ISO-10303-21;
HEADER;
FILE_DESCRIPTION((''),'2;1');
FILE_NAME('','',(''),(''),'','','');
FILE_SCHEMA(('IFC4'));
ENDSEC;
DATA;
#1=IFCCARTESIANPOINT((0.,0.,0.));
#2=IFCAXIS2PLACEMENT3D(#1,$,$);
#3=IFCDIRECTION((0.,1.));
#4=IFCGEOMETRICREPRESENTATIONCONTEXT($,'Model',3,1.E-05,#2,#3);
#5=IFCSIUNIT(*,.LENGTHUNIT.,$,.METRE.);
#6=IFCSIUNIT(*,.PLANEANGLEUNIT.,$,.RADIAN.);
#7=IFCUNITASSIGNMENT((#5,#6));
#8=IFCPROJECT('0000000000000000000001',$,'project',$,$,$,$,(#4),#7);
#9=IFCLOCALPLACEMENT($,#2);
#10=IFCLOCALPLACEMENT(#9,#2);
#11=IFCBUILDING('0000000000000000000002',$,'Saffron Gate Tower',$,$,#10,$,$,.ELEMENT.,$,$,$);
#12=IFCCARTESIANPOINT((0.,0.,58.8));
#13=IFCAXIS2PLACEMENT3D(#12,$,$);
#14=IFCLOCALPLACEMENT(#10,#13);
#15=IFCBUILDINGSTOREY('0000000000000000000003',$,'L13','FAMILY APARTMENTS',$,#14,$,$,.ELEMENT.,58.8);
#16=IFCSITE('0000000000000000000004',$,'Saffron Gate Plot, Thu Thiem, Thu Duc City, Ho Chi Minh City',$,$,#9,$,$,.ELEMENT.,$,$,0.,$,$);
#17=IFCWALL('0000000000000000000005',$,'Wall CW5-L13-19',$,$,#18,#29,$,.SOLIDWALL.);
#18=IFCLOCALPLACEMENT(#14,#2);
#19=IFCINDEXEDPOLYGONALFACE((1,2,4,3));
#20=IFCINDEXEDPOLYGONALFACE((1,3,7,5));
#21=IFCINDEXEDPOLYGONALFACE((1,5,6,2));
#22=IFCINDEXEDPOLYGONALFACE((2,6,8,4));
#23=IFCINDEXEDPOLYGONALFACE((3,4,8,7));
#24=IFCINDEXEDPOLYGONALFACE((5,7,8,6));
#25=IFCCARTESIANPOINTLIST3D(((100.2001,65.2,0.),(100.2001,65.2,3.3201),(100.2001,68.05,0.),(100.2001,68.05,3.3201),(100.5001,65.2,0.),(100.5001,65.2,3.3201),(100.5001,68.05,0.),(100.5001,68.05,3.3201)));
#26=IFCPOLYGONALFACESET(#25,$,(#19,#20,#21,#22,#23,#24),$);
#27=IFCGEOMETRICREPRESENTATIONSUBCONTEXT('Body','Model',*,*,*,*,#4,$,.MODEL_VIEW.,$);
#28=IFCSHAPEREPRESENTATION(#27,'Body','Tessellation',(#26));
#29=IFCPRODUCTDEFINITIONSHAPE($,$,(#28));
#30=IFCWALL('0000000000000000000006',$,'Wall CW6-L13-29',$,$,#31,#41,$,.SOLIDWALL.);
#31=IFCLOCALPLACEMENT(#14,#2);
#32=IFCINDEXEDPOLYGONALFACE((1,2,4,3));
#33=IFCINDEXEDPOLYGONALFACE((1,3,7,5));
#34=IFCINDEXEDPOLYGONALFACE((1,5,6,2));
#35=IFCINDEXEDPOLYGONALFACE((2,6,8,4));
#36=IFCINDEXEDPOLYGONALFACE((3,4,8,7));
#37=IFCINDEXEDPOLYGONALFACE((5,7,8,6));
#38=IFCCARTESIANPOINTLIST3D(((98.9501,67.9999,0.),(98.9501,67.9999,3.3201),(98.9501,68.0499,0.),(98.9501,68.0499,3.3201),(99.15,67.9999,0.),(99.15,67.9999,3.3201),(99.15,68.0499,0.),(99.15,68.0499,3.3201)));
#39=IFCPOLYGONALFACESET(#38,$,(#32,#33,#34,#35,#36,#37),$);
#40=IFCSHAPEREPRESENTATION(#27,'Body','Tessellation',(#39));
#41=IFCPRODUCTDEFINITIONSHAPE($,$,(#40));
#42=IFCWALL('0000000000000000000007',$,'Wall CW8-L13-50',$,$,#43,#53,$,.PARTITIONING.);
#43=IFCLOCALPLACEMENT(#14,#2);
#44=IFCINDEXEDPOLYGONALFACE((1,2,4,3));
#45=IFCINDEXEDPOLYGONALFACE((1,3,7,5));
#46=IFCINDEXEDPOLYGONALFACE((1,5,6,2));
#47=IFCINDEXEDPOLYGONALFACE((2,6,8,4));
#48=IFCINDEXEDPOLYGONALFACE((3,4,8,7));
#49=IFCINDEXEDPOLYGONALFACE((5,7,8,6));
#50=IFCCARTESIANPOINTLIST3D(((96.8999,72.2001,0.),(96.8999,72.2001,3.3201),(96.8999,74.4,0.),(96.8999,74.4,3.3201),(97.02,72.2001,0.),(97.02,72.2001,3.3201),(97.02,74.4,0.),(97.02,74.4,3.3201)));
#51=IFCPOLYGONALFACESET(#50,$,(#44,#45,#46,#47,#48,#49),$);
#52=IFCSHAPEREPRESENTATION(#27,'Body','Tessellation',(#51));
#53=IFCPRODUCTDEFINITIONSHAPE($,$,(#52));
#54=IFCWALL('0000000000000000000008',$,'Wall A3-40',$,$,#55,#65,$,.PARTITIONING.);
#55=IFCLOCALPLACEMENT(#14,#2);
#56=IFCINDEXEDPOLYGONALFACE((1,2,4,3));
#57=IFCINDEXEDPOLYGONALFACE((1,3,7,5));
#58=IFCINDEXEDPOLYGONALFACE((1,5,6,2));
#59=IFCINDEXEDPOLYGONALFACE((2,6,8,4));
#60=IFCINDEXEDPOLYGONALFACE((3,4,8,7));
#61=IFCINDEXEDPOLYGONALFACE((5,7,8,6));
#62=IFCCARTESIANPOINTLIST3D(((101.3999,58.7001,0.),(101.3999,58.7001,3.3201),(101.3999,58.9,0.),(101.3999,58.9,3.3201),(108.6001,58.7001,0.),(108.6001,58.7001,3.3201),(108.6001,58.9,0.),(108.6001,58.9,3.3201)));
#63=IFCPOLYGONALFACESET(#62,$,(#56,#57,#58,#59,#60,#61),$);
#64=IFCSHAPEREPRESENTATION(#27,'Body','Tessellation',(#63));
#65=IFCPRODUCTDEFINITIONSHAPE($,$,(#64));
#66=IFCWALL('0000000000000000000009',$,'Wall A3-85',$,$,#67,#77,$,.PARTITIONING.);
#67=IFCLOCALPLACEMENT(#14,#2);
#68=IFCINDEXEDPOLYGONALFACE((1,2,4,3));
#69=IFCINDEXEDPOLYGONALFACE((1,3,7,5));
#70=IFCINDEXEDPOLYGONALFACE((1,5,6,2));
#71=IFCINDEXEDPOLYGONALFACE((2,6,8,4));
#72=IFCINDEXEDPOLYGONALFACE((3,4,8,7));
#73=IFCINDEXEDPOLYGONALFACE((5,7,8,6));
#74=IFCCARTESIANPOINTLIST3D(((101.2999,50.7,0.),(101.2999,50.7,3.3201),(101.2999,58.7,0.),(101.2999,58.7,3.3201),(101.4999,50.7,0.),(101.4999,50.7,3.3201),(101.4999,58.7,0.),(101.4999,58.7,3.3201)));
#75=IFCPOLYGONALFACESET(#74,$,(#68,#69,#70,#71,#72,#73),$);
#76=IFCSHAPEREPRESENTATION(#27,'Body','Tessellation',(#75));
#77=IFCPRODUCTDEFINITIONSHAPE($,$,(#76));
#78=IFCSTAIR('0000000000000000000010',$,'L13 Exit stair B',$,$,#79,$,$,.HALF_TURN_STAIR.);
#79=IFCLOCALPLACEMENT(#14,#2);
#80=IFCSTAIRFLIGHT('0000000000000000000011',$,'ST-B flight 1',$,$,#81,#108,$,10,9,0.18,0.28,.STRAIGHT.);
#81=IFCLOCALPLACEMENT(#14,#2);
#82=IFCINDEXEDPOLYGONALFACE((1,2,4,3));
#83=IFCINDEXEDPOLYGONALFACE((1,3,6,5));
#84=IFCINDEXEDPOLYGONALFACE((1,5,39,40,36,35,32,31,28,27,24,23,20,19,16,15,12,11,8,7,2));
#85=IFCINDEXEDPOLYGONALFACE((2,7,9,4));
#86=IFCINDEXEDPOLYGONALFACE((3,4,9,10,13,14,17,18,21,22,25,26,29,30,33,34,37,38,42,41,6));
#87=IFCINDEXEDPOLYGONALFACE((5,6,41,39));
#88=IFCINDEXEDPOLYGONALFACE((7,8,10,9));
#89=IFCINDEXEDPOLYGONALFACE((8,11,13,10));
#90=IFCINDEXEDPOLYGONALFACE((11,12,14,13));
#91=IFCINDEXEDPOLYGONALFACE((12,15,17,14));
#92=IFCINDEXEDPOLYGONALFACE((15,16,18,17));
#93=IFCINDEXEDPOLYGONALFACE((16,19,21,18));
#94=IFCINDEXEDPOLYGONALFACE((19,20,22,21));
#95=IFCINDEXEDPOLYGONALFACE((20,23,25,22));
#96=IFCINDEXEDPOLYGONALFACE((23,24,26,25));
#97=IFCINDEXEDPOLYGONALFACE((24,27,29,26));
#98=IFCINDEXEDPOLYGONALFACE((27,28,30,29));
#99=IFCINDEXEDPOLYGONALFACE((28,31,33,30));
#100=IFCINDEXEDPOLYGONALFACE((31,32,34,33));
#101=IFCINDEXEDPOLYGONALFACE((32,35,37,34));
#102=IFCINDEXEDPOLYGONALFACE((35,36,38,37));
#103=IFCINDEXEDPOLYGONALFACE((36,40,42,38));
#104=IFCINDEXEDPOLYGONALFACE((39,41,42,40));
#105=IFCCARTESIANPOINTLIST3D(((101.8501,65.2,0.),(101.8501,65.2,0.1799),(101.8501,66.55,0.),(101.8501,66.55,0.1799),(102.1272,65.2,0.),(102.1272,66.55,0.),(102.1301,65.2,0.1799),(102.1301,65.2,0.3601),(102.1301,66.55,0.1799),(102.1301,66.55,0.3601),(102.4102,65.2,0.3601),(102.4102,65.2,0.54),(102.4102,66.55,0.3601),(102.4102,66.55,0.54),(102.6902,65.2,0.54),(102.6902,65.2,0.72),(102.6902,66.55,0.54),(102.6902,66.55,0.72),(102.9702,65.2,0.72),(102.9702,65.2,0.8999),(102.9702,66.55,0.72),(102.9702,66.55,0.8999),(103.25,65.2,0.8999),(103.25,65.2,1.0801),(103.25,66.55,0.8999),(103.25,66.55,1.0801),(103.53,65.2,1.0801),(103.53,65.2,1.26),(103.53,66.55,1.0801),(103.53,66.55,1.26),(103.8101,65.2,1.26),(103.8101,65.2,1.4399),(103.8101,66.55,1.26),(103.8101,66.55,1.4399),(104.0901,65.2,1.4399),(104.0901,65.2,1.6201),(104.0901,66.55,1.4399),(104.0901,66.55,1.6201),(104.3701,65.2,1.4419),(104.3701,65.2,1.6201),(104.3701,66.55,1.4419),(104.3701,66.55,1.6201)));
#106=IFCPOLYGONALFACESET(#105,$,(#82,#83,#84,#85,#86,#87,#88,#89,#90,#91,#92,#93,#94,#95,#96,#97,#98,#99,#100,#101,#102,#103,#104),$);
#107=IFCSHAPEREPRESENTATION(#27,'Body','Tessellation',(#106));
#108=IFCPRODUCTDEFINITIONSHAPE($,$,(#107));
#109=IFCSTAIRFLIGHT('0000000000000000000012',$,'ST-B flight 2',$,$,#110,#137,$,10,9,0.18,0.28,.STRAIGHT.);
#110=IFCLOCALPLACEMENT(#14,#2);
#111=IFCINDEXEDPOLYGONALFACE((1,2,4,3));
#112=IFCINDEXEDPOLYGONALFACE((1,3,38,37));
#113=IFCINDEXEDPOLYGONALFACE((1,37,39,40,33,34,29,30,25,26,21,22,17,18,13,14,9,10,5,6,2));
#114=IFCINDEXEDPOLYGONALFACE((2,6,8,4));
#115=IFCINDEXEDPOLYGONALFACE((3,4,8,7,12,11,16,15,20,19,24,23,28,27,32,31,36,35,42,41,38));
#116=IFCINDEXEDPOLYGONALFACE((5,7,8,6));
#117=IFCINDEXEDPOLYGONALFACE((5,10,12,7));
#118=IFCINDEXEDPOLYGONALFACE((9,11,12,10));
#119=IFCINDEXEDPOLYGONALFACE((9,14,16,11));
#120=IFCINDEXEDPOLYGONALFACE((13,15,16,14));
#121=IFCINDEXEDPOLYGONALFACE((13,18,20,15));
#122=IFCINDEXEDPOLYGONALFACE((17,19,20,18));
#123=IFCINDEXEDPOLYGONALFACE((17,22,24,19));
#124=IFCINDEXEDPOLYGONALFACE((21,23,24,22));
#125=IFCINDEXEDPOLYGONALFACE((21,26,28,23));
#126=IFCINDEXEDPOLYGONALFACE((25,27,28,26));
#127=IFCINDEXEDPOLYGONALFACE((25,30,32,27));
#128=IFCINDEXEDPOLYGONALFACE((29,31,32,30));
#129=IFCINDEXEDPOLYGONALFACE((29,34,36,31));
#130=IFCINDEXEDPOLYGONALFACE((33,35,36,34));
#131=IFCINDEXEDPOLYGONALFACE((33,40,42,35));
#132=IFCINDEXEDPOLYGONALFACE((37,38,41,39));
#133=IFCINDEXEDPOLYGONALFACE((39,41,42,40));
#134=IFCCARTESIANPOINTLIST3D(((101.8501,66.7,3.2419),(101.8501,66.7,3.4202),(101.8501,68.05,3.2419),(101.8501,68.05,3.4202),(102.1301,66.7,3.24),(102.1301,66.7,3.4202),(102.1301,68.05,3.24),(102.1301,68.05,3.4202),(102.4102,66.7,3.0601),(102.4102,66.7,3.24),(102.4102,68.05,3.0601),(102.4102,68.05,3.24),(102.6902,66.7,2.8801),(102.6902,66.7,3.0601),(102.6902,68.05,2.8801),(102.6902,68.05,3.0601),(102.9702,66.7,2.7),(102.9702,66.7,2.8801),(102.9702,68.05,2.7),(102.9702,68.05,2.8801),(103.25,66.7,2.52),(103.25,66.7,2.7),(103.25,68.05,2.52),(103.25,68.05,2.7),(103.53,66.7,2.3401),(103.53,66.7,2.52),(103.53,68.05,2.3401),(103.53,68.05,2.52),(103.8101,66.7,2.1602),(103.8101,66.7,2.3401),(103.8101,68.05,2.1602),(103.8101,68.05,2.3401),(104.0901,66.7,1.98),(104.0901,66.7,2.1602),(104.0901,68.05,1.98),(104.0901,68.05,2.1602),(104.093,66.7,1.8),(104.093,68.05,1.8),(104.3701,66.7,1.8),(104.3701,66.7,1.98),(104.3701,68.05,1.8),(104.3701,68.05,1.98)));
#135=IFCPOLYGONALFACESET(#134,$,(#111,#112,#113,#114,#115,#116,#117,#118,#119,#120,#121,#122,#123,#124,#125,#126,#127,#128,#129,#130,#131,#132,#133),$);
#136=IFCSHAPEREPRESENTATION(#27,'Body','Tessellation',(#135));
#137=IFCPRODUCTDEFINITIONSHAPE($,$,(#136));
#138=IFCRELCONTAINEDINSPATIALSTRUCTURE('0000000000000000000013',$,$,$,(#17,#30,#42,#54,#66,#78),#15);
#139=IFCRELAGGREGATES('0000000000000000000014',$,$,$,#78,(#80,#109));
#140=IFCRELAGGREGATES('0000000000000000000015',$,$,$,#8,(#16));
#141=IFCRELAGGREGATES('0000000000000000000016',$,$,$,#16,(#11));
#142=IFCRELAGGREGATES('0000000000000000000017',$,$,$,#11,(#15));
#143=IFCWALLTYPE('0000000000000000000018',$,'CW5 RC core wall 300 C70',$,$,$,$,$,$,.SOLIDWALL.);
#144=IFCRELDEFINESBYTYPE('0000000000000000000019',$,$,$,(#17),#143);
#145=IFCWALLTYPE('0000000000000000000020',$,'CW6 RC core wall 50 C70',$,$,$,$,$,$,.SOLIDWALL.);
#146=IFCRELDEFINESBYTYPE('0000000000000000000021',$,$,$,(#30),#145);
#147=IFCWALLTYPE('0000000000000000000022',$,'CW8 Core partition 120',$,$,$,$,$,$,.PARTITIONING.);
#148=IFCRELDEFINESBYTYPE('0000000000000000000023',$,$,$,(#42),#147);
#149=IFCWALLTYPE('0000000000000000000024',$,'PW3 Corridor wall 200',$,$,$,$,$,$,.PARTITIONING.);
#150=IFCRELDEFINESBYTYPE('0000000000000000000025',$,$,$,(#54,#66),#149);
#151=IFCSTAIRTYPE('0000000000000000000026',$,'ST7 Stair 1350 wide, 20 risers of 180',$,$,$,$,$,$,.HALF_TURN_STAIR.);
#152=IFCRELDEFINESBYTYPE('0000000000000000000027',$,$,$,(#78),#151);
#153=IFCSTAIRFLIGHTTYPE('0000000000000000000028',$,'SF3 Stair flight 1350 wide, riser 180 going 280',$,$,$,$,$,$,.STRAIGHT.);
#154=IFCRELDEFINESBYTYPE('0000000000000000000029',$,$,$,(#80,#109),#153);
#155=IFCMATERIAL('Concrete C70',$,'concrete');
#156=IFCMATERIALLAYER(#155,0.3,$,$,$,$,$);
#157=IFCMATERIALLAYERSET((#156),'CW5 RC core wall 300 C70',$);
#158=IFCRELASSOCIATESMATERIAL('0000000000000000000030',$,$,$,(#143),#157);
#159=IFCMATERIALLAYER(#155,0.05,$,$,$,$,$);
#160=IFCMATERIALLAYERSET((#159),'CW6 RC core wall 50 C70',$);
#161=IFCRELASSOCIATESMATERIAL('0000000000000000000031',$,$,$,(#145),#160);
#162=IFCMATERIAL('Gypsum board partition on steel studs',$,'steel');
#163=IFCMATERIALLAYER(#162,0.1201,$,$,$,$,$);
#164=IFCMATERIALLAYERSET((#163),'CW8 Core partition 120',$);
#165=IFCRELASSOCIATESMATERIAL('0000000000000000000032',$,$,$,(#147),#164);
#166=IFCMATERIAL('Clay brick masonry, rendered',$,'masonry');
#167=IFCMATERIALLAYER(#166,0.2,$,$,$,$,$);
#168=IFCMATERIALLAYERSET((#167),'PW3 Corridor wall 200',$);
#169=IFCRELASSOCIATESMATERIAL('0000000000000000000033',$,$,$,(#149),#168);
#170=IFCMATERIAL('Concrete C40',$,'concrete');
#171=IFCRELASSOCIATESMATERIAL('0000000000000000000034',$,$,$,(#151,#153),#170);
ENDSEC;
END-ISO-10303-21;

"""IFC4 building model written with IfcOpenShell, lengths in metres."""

from ifc_helpers import new_model, si_unit, direction, frame, frame_2d, origin, place, context, subcontext, project, spatial, polyline, rectangle, outline, extrude, material, layer, layer_set, type_object, element, aggregate, save


model = new_model("IFC4")

# Units and contexts
model_context = context("Model", 3, precision=1e-05, world=origin(), true_north=direction((0.0, 1.0)))
body_context = subcontext(model_context, "Body", "Model", "MODEL_VIEW")
ifc_project = project(units=[si_unit("LENGTHUNIT", "METRE"), si_unit("PLANEANGLEUNIT", "RADIAN")], contexts=[model_context])

# Site, building, storey
site_placement = place(None, origin())
site = spatial("IfcSite", under=ifc_project, at=site_placement, Name="Saffron Gate Plot, Thu Thiem, Thu Duc City, Ho Chi Minh City", CompositionType="ELEMENT", RefElevation=0.0)
building_placement = place(site_placement, origin())
building = spatial("IfcBuilding", under=site, at=building_placement, Name="Saffron Gate Tower", CompositionType="ELEMENT")
storey_placement = place(building_placement, frame((0.0, 0.0, 58.8)))
storey = spatial("IfcBuildingStorey", under=building, at=storey_placement, Name="L13", Description="FAMILY APARTMENTS", CompositionType="ELEMENT", Elevation=58.8)

# Shared definitions
ifc_material_1 = material(Name="Concrete C70", Category="concrete")

# Walls
ifc_layer_1 = layer(ifc_material_1, 0.3)
ifc_layer_set_1 = layer_set([ifc_layer_1], Name="CW5 RC core wall 300 C70")
wall_type_1 = type_object("IfcWallType", Name="CW5 RC core wall 300 C70", PredefinedType="SOLIDWALL", material=ifc_layer_set_1)
wall_1_placement = place(storey_placement, frame((100.3501, 65.2, 0.0), z_axis=(0.0, 0.0, 1.0), x_axis=(0.0, 1.0, 0.0)))
element("IfcWall", 1, at=wall_1_placement, inside=storey, type_object=wall_type_1, Name="Wall CW5-L13-19", PredefinedType="SOLIDWALL", context=body_context, shape_type="SweptSolid", body=[
    extrude(rectangle(XDim=2.8501, YDim=0.3, at=frame_2d((1.425, 0.0))), origin(), (0.0, 0.0, 1.0), 3.3201),
])
ifc_layer_2 = layer(ifc_material_1, 0.05)
ifc_layer_set_2 = layer_set([ifc_layer_2], Name="CW6 RC core wall 50 C70")
wall_type_2 = type_object("IfcWallType", Name="CW6 RC core wall 50 C70", PredefinedType="SOLIDWALL", material=ifc_layer_set_2)
wall_2_placement = place(storey_placement, frame((98.95, 68.0249, 0.0), z_axis=(0.0, 0.0, 1.0), x_axis=(1.0, 0.0, 0.0)))
element("IfcWall", 2, at=wall_2_placement, inside=storey, type_object=wall_type_2, Name="Wall CW6-L13-29", PredefinedType="SOLIDWALL", context=body_context, shape_type="SweptSolid", body=[
    extrude(rectangle(XDim=0.2, YDim=0.05, at=frame_2d((0.1001, 0.0))), origin(), (0.0, 0.0, 1.0), 3.3201),
])
ifc_material_2 = material(Name="Gypsum board partition on steel studs", Category="steel")
ifc_layer_3 = layer(ifc_material_2, 0.1201)
ifc_layer_set_3 = layer_set([ifc_layer_3], Name="CW8 Core partition 120")
wall_type_3 = type_object("IfcWallType", Name="CW8 Core partition 120", PredefinedType="PARTITIONING", material=ifc_layer_set_3)
wall_3_placement = place(storey_placement, frame((96.96, 72.2, 0.0), z_axis=(0.0, 0.0, 1.0), x_axis=(0.0, 1.0, 0.0)))
element("IfcWall", 3, at=wall_3_placement, inside=storey, type_object=wall_type_3, Name="Wall CW8-L13-50", PredefinedType="PARTITIONING", context=body_context, shape_type="SweptSolid", body=[
    extrude(rectangle(XDim=2.2, YDim=0.1201, at=frame_2d((1.1001, 0.0))), origin(), (0.0, 0.0, 1.0), 3.3201),
])
ifc_material_3 = material(Name="Clay brick masonry, rendered", Category="masonry")
ifc_layer_4 = layer(ifc_material_3, 0.2)
ifc_layer_set_4 = layer_set([ifc_layer_4], Name="PW3 Corridor wall 200")
wall_type_4 = type_object("IfcWallType", Name="PW3 Corridor wall 200", PredefinedType="PARTITIONING", material=ifc_layer_set_4)
wall_4_placement = place(storey_placement, frame((101.3999, 58.8, 0.0), z_axis=(0.0, 0.0, 1.0), x_axis=(1.0, 0.0, 0.0)))
element("IfcWall", 4, at=wall_4_placement, inside=storey, type_object=wall_type_4, Name="Wall A3-40", PredefinedType="PARTITIONING", context=body_context, shape_type="SweptSolid", body=[
    extrude(rectangle(XDim=7.2002, YDim=0.2, at=frame_2d((3.6001, 0.0))), origin(), (0.0, 0.0, 1.0), 3.3201),
])
wall_5_placement = place(storey_placement, frame((101.3999, 58.7, 0.0), z_axis=(0.0, 0.0, 1.0), x_axis=(0.0, -1.0, 0.0)))
element("IfcWall", 5, at=wall_5_placement, inside=storey, type_object=wall_type_4, Name="Wall A3-85", PredefinedType="PARTITIONING", context=body_context, shape_type="SweptSolid", body=[
    extrude(rectangle(XDim=8.0, YDim=0.2, at=frame_2d((4.0, 0.0))), origin(), (0.0, 0.0, 1.0), 3.3201),
])

# Stair, stair flights
ifc_material_4 = material(Name="Concrete C40", Category="concrete")
stair_type = type_object("IfcStairType", Name="ST7 Stair 1350 wide, 20 risers of 180", PredefinedType="HALF_TURN_STAIR", material=ifc_material_4)
stair_placement = place(storey_placement, origin())
stair = element("IfcStair", 6, at=stair_placement, inside=storey, type_object=stair_type, Name="L13 Exit stair B", PredefinedType="HALF_TURN_STAIR")
stair_flight_type = type_object("IfcStairFlightType", Name="SF3 Stair flight 1350 wide, riser 180 going 280", PredefinedType="STRAIGHT", material=ifc_material_4)
stair_flight_1_placement = place(storey_placement, frame((101.8501, 65.875, 0.0), z_axis=(0.0, 0.0, 1.0), x_axis=(1.0, 0.0, 0.0)))
stair_flight_1 = element("IfcStairFlight", 7, at=stair_flight_1_placement, type_object=stair_flight_type, Name="ST-B flight 1", NumberOfRisers=10, NumberOfTreads=9, PredefinedType="STRAIGHT", RiserHeight=0.18, TreadLength=0.28, context=body_context, shape_type="SweptSolid", body=[
    extrude(outline(polyline([(0.0, 0.0), (0.0, 0.1799), (0.28, 0.1799), (0.28, 0.3601), (0.5601, 0.3601), (0.5601, 0.54), (0.8401, 0.54), (0.8401, 0.72), (1.1201, 0.72), (1.1201, 0.8999), (1.3999, 0.8999), (1.3999, 1.0801), (1.6799, 1.0801), (1.6799, 1.26), (1.96, 1.26), (1.96, 1.4399), (2.24, 1.4399), (2.24, 1.6201), (2.52, 1.6201), (2.52, 1.8), (2.52, 1.4419), (0.2771, 0.0), (0.0, 0.0)])), frame((0.0, 0.675, 0.0), z_axis=(0.0, -1.0, 0.0), x_axis=(1.0, 0.0, 0.0)), (0.0, 0.0, 1.0), 1.3501),
])
stair_flight_2_placement = place(storey_placement, frame((104.3701, 67.375, 1.8), z_axis=(0.0, 0.0, 1.0), x_axis=(-1.0, 0.0, 0.0)))
stair_flight_2 = element("IfcStairFlight", 8, at=stair_flight_2_placement, type_object=stair_flight_type, Name="ST-B flight 2", NumberOfRisers=10, NumberOfTreads=9, PredefinedType="STRAIGHT", RiserHeight=0.18, TreadLength=0.28, context=body_context, shape_type="SweptSolid", body=[
    extrude(outline(polyline([(0.0, 0.0), (0.0, 0.1799), (0.28, 0.1799), (0.28, 0.3601), (0.5601, 0.3601), (0.5601, 0.54), (0.8401, 0.54), (0.8401, 0.72), (1.1201, 0.72), (1.1201, 0.8999), (1.3999, 0.8999), (1.3999, 1.0801), (1.6799, 1.0801), (1.6799, 1.26), (1.96, 1.26), (1.96, 1.4399), (2.24, 1.4399), (2.24, 1.6201), (2.52, 1.6201), (2.52, 1.8), (2.52, 1.4419), (0.2771, 0.0), (0.0, 0.0)])), frame((0.0, 0.675, 0.0), z_axis=(0.0, -1.0, 0.0), x_axis=(1.0, 0.0, 0.0)), (0.0, 0.0, 1.0), 1.3501),
])
aggregate(stair, [stair_flight_1, stair_flight_2])

save(model, "model.ifc")
